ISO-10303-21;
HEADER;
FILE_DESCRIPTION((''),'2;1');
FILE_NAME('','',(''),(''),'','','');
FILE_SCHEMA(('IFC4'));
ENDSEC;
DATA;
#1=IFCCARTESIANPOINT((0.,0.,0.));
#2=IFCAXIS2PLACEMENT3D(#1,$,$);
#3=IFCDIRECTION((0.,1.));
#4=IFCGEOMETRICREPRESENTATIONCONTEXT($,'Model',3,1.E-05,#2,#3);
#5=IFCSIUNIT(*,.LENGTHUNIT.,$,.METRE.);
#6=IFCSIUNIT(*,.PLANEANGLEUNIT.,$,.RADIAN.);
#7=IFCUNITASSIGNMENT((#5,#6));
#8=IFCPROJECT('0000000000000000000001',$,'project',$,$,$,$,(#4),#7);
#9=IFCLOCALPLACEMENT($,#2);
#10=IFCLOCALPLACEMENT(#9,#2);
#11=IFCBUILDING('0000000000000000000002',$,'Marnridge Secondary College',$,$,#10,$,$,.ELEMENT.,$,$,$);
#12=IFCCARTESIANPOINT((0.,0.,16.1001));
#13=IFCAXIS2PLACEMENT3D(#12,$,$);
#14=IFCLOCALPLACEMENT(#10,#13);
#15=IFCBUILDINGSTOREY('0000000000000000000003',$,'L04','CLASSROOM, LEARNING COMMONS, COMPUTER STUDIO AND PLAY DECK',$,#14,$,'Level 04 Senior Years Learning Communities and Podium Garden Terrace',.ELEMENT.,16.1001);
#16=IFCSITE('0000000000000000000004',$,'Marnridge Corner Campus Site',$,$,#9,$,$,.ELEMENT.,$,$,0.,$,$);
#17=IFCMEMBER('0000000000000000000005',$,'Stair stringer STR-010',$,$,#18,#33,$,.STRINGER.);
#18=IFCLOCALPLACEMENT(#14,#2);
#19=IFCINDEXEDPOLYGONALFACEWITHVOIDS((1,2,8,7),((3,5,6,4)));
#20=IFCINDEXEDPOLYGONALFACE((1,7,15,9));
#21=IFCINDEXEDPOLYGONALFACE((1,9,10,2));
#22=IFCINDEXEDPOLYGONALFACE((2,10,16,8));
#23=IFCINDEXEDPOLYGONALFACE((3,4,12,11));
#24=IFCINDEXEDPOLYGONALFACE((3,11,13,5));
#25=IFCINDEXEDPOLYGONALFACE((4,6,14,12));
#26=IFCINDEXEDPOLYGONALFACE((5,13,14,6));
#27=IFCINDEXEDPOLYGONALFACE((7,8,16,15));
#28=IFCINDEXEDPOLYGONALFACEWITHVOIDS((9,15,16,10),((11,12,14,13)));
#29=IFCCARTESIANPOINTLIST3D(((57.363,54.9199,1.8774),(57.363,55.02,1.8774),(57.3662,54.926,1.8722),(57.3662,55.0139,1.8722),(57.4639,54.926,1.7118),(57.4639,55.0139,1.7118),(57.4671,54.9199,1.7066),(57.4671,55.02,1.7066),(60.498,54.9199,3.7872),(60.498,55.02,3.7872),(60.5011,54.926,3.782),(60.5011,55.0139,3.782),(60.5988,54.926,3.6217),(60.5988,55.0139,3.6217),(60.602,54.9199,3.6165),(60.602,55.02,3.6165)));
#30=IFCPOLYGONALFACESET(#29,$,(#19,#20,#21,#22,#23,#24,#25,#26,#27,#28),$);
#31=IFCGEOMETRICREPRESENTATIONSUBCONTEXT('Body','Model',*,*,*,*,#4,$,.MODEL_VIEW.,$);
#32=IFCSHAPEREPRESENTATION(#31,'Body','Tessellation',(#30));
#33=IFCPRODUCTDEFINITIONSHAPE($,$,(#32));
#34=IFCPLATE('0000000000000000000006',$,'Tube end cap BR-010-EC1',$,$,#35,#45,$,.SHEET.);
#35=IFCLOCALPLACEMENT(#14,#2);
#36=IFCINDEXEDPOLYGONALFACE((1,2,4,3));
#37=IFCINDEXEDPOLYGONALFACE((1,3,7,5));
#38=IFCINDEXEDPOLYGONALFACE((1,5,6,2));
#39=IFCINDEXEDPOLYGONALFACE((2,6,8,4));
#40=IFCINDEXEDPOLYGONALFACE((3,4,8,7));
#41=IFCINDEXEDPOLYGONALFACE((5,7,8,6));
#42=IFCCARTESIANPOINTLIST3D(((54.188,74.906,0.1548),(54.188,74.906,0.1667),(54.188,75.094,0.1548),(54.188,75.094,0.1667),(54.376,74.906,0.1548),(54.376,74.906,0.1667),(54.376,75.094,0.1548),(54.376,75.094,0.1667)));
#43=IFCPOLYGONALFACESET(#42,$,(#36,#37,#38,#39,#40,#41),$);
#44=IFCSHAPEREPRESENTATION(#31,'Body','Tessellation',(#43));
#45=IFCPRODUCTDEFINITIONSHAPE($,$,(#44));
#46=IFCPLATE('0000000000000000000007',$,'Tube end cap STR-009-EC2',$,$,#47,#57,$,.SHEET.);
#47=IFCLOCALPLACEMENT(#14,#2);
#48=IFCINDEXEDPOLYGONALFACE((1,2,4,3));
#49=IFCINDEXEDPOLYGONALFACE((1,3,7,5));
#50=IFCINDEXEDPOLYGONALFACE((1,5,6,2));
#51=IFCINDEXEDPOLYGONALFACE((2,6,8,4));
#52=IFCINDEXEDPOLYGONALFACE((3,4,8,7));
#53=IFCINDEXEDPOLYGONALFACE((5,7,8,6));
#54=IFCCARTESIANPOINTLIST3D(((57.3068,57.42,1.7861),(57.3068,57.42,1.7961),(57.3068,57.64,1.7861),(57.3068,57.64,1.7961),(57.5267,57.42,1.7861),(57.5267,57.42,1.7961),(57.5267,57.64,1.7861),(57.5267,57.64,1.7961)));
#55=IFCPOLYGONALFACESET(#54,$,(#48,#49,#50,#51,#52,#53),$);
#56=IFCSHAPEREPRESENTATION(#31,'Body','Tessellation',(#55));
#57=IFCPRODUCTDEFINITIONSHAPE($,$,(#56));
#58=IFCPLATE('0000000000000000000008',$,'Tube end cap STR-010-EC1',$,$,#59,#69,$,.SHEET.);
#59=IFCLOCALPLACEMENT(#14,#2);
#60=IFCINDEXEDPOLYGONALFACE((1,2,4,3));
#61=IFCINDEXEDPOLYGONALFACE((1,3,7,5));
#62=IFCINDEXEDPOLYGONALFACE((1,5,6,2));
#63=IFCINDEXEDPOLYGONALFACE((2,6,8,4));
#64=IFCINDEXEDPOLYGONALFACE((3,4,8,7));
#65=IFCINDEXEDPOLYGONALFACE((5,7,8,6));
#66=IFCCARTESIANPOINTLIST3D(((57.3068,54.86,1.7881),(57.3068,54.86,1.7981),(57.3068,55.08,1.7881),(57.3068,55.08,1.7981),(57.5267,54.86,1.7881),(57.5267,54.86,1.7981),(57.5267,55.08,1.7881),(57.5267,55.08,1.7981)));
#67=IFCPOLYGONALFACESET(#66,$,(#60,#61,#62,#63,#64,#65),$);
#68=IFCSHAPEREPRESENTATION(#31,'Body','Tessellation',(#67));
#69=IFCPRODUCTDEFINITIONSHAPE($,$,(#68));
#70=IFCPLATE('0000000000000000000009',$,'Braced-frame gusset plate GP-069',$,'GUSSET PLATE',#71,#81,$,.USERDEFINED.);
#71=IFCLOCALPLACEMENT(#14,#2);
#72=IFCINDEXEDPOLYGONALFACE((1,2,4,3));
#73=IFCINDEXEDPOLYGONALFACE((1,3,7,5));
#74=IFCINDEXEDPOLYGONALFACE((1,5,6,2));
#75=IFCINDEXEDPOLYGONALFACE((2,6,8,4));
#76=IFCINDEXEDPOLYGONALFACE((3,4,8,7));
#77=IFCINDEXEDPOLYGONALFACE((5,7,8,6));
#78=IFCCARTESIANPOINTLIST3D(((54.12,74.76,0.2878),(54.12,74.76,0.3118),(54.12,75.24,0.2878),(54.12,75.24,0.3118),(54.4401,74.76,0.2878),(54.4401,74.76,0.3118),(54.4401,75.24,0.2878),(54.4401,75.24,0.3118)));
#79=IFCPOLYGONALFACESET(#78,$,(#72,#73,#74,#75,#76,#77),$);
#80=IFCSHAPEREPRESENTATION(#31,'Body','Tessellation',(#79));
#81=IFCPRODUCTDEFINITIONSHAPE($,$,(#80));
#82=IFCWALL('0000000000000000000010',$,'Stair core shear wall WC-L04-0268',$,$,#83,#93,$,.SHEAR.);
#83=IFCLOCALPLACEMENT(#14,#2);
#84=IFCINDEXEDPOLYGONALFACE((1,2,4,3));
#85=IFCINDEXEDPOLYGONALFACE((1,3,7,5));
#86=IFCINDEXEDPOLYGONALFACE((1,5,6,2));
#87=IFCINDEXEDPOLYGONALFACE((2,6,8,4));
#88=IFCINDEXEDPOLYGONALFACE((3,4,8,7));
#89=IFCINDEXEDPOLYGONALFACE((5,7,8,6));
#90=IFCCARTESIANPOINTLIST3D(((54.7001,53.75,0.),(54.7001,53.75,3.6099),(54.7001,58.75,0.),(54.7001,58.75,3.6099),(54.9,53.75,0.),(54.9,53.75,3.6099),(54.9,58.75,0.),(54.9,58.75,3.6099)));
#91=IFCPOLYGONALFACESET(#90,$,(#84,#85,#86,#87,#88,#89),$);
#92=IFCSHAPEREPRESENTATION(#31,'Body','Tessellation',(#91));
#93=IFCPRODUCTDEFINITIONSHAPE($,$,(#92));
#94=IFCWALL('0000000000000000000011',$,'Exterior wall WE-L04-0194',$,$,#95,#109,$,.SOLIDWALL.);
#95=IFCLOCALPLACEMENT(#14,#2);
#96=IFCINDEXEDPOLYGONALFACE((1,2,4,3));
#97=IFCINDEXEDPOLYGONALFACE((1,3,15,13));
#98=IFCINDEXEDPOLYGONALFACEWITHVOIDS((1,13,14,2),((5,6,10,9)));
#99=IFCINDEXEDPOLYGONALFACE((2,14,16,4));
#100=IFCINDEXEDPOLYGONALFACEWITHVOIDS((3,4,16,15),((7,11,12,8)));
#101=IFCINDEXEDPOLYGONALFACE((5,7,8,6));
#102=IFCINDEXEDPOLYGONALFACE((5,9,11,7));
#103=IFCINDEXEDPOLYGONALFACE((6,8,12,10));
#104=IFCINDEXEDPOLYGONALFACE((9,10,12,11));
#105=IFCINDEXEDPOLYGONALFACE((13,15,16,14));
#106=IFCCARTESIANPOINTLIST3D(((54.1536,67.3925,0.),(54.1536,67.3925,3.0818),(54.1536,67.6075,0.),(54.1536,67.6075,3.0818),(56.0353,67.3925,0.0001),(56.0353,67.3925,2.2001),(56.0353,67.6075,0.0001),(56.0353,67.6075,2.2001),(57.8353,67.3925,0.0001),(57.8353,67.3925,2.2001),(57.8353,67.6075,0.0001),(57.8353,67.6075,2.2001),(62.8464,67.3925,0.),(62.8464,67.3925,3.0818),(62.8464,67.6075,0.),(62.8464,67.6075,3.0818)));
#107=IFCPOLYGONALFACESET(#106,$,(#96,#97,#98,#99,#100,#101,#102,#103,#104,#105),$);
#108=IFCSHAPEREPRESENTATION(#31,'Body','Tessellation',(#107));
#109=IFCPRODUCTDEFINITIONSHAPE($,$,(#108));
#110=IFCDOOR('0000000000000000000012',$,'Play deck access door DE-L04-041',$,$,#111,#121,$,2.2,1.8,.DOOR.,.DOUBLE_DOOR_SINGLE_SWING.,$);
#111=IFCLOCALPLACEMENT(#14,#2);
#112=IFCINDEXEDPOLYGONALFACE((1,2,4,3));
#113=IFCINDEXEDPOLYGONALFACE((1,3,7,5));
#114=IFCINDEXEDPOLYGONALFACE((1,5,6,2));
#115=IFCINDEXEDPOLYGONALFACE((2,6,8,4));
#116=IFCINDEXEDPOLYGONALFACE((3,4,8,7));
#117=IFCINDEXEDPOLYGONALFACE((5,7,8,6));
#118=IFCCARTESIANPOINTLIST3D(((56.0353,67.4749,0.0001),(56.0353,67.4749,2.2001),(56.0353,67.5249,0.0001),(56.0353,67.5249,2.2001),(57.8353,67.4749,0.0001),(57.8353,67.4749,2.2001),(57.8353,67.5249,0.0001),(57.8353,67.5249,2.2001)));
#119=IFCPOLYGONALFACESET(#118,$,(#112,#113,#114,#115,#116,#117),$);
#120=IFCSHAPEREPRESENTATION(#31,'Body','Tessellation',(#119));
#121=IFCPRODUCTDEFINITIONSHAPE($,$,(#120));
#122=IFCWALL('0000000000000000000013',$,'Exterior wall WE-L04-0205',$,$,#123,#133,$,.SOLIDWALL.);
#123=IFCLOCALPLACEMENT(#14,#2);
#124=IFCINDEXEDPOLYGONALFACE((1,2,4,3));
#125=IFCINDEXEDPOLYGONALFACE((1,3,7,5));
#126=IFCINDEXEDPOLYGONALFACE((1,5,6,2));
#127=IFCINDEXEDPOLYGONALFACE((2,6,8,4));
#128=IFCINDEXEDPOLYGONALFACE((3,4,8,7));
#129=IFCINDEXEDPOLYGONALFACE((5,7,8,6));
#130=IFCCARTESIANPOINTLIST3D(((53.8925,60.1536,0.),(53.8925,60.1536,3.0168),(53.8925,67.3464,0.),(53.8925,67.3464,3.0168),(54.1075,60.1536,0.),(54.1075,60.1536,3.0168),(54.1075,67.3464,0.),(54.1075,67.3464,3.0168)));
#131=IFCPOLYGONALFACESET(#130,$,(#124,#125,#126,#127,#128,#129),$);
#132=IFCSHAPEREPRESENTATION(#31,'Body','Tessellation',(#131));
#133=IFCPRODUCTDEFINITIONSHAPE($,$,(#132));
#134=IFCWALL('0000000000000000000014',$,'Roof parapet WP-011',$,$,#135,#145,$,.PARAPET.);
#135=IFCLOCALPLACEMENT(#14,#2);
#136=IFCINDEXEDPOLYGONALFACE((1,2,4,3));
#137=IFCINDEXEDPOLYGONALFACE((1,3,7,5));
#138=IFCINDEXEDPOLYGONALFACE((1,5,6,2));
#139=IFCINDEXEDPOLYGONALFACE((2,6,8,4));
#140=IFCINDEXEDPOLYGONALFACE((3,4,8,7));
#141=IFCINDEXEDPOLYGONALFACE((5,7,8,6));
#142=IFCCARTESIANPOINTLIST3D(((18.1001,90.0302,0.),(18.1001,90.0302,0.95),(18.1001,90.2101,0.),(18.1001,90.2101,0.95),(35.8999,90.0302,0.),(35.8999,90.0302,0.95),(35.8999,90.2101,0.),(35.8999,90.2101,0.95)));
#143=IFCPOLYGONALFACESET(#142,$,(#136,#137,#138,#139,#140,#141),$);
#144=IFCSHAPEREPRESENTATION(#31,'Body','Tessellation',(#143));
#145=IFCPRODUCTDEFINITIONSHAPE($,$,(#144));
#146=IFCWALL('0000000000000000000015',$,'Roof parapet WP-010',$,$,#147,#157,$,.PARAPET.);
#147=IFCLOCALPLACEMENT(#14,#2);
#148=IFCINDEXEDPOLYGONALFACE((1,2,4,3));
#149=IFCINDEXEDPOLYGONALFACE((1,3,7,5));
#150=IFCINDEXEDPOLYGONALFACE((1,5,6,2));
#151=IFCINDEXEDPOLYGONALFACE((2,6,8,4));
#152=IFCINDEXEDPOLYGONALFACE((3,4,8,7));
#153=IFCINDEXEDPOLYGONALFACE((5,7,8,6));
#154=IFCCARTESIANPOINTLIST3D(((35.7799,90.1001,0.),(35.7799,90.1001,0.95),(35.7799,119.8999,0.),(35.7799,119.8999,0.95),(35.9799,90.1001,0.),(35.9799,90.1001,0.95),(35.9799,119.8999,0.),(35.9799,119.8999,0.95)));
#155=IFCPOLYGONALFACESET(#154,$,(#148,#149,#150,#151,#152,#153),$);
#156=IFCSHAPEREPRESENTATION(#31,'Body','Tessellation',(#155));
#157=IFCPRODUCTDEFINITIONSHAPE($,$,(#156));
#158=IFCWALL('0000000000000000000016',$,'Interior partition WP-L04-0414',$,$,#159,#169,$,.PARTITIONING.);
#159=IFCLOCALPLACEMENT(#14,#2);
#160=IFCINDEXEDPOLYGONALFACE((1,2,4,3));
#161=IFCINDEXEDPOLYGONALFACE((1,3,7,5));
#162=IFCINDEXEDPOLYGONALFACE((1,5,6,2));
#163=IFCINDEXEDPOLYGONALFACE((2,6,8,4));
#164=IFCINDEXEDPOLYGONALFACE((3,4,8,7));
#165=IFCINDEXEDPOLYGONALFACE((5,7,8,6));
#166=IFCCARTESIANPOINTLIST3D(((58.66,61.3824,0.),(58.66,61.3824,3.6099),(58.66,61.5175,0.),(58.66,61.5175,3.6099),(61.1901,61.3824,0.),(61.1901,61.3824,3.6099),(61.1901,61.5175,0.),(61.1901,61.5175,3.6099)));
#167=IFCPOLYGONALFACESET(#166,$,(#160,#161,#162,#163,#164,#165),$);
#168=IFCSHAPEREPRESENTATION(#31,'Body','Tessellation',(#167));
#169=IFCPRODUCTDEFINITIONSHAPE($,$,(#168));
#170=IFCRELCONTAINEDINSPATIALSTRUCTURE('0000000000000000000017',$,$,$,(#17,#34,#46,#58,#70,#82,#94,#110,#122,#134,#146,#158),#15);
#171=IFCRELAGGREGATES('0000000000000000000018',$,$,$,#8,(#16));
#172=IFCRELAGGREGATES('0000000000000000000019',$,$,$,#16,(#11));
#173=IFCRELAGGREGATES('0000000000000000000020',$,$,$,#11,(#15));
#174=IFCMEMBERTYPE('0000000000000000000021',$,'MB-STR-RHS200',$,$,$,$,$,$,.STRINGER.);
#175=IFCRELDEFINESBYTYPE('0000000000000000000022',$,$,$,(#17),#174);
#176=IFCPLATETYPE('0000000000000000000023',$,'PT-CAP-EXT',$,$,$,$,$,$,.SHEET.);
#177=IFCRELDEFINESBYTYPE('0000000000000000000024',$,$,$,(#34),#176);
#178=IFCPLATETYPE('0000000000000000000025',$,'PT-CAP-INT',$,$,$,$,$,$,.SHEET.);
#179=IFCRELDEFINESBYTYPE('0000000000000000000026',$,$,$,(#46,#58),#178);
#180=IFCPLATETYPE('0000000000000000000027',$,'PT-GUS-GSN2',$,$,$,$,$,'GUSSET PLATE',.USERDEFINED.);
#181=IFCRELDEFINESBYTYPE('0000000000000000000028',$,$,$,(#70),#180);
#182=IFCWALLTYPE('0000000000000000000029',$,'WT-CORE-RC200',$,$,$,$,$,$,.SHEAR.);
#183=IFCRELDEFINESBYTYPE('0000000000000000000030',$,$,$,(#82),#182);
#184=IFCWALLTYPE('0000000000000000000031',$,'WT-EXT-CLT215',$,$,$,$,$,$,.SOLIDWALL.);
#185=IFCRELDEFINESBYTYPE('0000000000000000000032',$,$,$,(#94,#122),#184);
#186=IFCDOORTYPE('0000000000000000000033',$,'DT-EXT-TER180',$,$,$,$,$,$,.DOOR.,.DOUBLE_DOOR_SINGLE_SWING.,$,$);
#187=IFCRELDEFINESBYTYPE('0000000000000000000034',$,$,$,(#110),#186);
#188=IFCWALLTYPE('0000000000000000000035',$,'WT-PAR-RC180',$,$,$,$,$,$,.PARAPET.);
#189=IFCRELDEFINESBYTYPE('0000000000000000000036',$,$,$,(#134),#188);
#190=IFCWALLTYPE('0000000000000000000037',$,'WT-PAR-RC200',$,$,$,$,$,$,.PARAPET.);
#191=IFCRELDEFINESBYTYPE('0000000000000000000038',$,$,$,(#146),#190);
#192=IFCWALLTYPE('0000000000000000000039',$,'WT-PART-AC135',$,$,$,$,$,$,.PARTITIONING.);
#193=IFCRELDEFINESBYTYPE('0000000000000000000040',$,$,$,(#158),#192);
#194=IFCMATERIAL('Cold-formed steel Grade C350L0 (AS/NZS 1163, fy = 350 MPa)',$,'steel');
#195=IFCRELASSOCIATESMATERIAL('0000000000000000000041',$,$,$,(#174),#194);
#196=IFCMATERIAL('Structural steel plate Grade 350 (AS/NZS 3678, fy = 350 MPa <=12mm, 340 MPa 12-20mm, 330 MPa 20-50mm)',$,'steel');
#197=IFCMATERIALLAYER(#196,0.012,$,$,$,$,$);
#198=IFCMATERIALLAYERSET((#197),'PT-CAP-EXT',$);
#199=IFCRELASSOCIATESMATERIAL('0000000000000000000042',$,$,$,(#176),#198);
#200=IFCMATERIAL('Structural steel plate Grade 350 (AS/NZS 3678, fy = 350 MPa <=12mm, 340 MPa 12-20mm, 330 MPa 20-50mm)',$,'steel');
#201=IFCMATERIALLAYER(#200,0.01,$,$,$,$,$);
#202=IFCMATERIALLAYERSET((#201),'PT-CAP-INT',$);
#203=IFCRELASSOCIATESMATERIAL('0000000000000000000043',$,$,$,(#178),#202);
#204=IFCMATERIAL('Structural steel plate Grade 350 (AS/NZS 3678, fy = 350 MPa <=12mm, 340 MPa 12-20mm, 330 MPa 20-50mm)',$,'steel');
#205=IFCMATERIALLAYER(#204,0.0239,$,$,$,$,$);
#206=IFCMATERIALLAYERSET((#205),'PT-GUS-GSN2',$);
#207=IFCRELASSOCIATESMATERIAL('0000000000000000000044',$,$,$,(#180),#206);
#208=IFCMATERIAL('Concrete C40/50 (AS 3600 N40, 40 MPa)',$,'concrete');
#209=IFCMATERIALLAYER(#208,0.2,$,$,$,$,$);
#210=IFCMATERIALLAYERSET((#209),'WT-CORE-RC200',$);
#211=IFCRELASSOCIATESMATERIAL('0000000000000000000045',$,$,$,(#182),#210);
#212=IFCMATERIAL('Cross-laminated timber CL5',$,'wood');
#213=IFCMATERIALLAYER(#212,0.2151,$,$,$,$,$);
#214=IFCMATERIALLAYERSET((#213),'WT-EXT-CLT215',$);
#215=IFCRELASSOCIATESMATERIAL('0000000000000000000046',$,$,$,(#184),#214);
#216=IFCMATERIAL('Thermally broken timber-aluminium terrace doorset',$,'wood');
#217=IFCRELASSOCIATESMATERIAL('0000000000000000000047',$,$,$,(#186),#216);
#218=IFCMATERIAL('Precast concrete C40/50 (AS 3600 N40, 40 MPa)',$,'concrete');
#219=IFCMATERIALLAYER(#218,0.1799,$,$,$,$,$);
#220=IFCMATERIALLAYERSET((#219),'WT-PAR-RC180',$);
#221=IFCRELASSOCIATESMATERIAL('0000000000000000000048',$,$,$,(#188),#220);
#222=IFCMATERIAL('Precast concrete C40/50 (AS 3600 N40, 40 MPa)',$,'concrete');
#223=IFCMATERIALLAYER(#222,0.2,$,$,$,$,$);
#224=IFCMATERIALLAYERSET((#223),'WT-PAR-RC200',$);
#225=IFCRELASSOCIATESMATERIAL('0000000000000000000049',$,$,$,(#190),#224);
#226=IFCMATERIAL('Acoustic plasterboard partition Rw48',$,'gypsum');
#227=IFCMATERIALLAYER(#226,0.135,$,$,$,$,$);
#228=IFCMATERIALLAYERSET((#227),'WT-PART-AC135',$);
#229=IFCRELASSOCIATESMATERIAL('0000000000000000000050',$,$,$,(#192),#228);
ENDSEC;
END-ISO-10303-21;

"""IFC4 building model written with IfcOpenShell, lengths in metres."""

from ifc_helpers import new_model, si_unit, direction, frame, frame_2d, origin, origin_2d, place, context, subcontext, project, spatial, rectangle, hollow_rectangle, extrude, material, layer, layer_set, material_profile, profile_set, type_object, element, fill, save


model = new_model("IFC4")

# Units and contexts
model_context = context("Model", 3, precision=1e-05, world=origin(), true_north=direction((0.0, 1.0)))
body_context = subcontext(model_context, "Body", "Model", "MODEL_VIEW")
ifc_project = project(units=[si_unit("LENGTHUNIT", "METRE"), si_unit("PLANEANGLEUNIT", "RADIAN")], contexts=[model_context])

# Site, building, storey
site_placement = place(None, origin())
site = spatial("IfcSite", under=ifc_project, at=site_placement, Name="Marnridge Corner Campus Site", CompositionType="ELEMENT", RefElevation=0.0)
building_placement = place(site_placement, origin())
building = spatial("IfcBuilding", under=site, at=building_placement, Name="Marnridge Secondary College", CompositionType="ELEMENT")
storey_placement = place(building_placement, frame((0.0, 0.0, 16.1001)))
storey = spatial("IfcBuildingStorey", under=building, at=storey_placement, Name="L04", Description="CLASSROOM, LEARNING COMMONS, COMPUTER STUDIO AND PLAY DECK", LongName="Level 04 Senior Years Learning Communities and Podium Garden Terrace", CompositionType="ELEMENT", Elevation=16.1001)

# Member
ifc_material_1 = material(Name="Cold-formed steel Grade C350L0 (AS/NZS 1163, fy = 350 MPa)", Category="steel")
ifc_material_profile_1 = material_profile(ifc_material_1, hollow_rectangle(XDim=0.1001, YDim=0.2, WallThickness=0.0061, at=origin_2d()), Name="200x100x6.0RHS")
ifc_profile_set_1 = profile_set([ifc_material_profile_1], Name="Cold-formed steel Grade C350L0 (AS/NZS 1163, fy = 350 MPa)")
member_type_1 = type_object("IfcMemberType", Name="MB-STR-RHS200", PredefinedType="STRINGER", material=ifc_profile_set_1)
member_1_placement = place(storey_placement, frame((57.415, 54.97, 1.792), z_axis=(0.853999, 0.0, 0.520274), x_axis=(0.0, 1.0, 0.0)))
element("IfcMember", 1, at=member_1_placement, inside=storey, type_object=member_type_1, Name="Stair stringer STR-010", PredefinedType="STRINGER", context=body_context, shape_type="SweptSolid", body=[
    extrude(hollow_rectangle(XDim=0.1001, YDim=0.2, WallThickness=0.0061, at=origin_2d()), origin(), (0.0, 0.0, 1.0), 3.6709),
])

# Plates
ifc_material_2 = material(Name="Structural steel plate Grade 350 (AS/NZS 3678, fy = 350 MPa <=12mm, 340 MPa 12-20mm, 330 MPa 20-50mm)", Category="steel")
ifc_layer_1 = layer(ifc_material_2, 0.012)
ifc_layer_set_1 = layer_set([ifc_layer_1], Name="PT-CAP-EXT")
plate_type_1 = type_object("IfcPlateType", Name="PT-CAP-EXT", PredefinedType="SHEET", material=ifc_layer_set_1)
plate_1_placement = place(storey_placement, frame((54.282, 75.0, 0.1548), z_axis=(0.0, 0.0, 1.0), x_axis=(1.0, 0.0, 0.0)))
element("IfcPlate", 2, at=plate_1_placement, inside=storey, type_object=plate_type_1, Name="Tube end cap BR-010-EC1", PredefinedType="SHEET", context=body_context, shape_type="SweptSolid", body=[
    extrude(rectangle(XDim=0.188, YDim=0.188, at=origin_2d()), origin(), (0.0, 0.0, 1.0), 0.012),
])
ifc_material_3 = material(Name="Structural steel plate Grade 350 (AS/NZS 3678, fy = 350 MPa <=12mm, 340 MPa 12-20mm, 330 MPa 20-50mm)", Category="steel")
ifc_layer_2 = layer(ifc_material_3, 0.01)
ifc_layer_set_2 = layer_set([ifc_layer_2], Name="PT-CAP-INT")
plate_type_2 = type_object("IfcPlateType", Name="PT-CAP-INT", PredefinedType="SHEET", material=ifc_layer_set_2)
for number, where, z_axis, x_axis, name in (
    (3, (57.4167, 57.53, 1.7861), (0.0, 0.0, 1.0), (-1.0, 0.0, 0.0), "Tube end cap STR-009-EC2"),
    (4, (57.4167, 54.97, 1.7881), (0.0, 0.0, 1.0), (1.0, 0.0, 0.0), "Tube end cap STR-010-EC1"),
):
    element("IfcPlate", number, at=place(storey_placement, frame(where, z_axis=z_axis, x_axis=x_axis)), inside=storey, type_object=plate_type_2, Name=name, PredefinedType="SHEET", context=body_context, shape_type="SweptSolid", body=[
        extrude(rectangle(XDim=0.22, YDim=0.22, at=origin_2d()), origin(), (0.0, 0.0, 1.0), 0.01),
    ])
ifc_material_4 = material(Name="Structural steel plate Grade 350 (AS/NZS 3678, fy = 350 MPa <=12mm, 340 MPa 12-20mm, 330 MPa 20-50mm)", Category="steel")
ifc_layer_3 = layer(ifc_material_4, 0.0239)
ifc_layer_set_3 = layer_set([ifc_layer_3], Name="PT-GUS-GSN2")
plate_type_3 = type_object("IfcPlateType", Name="PT-GUS-GSN2", ElementType="GUSSET PLATE", PredefinedType="USERDEFINED", material=ifc_layer_set_3)
plate_2_placement = place(storey_placement, frame((54.28, 75.0, 0.2878), z_axis=(0.0, 0.0, 1.0), x_axis=(0.0, 1.0, 0.0)))
element("IfcPlate", 5, at=plate_2_placement, inside=storey, type_object=plate_type_3, Name="Braced-frame gusset plate GP-069", ObjectType="GUSSET PLATE", PredefinedType="USERDEFINED", context=body_context, shape_type="SweptSolid", body=[
    extrude(rectangle(XDim=0.48, YDim=0.3201, at=origin_2d()), origin(), (0.0, 0.0, 1.0), 0.0239),
])

# Wall
ifc_material_5 = material(Name="Concrete C40/50 (AS 3600 N40, 40 MPa)", Category="concrete")
ifc_layer_4 = layer(ifc_material_5, 0.2)
ifc_layer_set_4 = layer_set([ifc_layer_4], Name="WT-CORE-RC200")
wall_type_1 = type_object("IfcWallType", Name="WT-CORE-RC200", PredefinedType="SHEAR", material=ifc_layer_set_4)
wall_1_placement = place(storey_placement, frame((54.8, 58.75, 0.0), z_axis=(0.0, 0.0, 1.0), x_axis=(0.0, -1.0, 0.0)))
element("IfcWall", 6, at=wall_1_placement, inside=storey, type_object=wall_type_1, Name="Stair core shear wall WC-L04-0268", PredefinedType="SHEAR", context=body_context, shape_type="SweptSolid", body=[
    extrude(rectangle(XDim=5.0, YDim=0.2, at=frame_2d((2.5, 0.0))), origin(), (0.0, 0.0, 1.0), 3.6099),
])

# Wall, opening, door
ifc_material_6 = material(Name="Cross-laminated timber CL5", Category="wood")
ifc_layer_5 = layer(ifc_material_6, 0.2151)
ifc_layer_set_5 = layer_set([ifc_layer_5], Name="WT-EXT-CLT215")
wall_type_2 = type_object("IfcWallType", Name="WT-EXT-CLT215", PredefinedType="SOLIDWALL", material=ifc_layer_set_5)
wall_2_placement = place(storey_placement, frame((54.1536, 67.5, 0.0), z_axis=(0.0, 0.0, 1.0), x_axis=(1.0, 0.0, 0.0)))
wall_2 = element("IfcWall", 7, at=wall_2_placement, inside=storey, type_object=wall_type_2, Name="Exterior wall WE-L04-0194", PredefinedType="SOLIDWALL", context=body_context, shape_type="SweptSolid", body=[
    extrude(rectangle(XDim=8.6929, YDim=0.2151, at=frame_2d((4.3464, 0.0))), origin(), (0.0, 0.0, 1.0), 3.0818),
])
opening_1_placement = place(wall_2_placement, frame((1.8818, 0.0, 0.0)))
opening_1 = element("IfcOpeningElement", 8, at=opening_1_placement, cuts=wall_2, PredefinedType="OPENING", context=body_context, shape_type="SweptSolid", body=[
    extrude(rectangle(XDim=1.8, YDim=2.2, at=frame_2d((0.8999, 1.1001))), frame((0.0, 0.1174, 0.0), z_axis=(0.0, -1.0, 0.0), x_axis=(1.0, 0.0, 0.0)), (0.0, 0.0, 1.0), 0.2351),
])
ifc_material_7 = material(Name="Thermally broken timber-aluminium terrace doorset", Category="wood")
door_type_1 = type_object("IfcDoorType", Name="DT-EXT-TER180", OperationType="DOUBLE_DOOR_SINGLE_SWING", PredefinedType="DOOR", material=ifc_material_7)
door_1_placement = place(opening_1_placement, origin())
door_1 = element("IfcDoor", 9, at=door_1_placement, inside=storey, type_object=door_type_1, Name="Play deck access door DE-L04-041", OperationType="DOUBLE_DOOR_SINGLE_SWING", OverallHeight=2.2, OverallWidth=1.8, PredefinedType="DOOR", context=body_context, shape_type="SweptSolid", body=[
    extrude(rectangle(XDim=1.8, YDim=2.2, at=frame_2d((0.8999, 1.1001))), frame((0.0, 0.0249, 0.0), z_axis=(0.0, -1.0, 0.0), x_axis=(1.0, 0.0, 0.0)), (0.0, 0.0, 1.0), 0.05),
])
fill(opening_1, door_1)

# Walls
wall_3_placement = place(storey_placement, frame((54.0, 60.1536, 0.0), z_axis=(0.0, 0.0, 1.0), x_axis=(0.0, 1.0, 0.0)))
element("IfcWall", 10, at=wall_3_placement, inside=storey, type_object=wall_type_2, Name="Exterior wall WE-L04-0205", PredefinedType="SOLIDWALL", context=body_context, shape_type="SweptSolid", body=[
    extrude(rectangle(XDim=7.1929, YDim=0.2151, at=frame_2d((3.5964, 0.0))), origin(), (0.0, 0.0, 1.0), 3.0168),
])
ifc_material_8 = material(Name="Precast concrete C40/50 (AS 3600 N40, 40 MPa)", Category="concrete")
ifc_layer_6 = layer(ifc_material_8, 0.1799)
ifc_layer_set_6 = layer_set([ifc_layer_6], Name="WT-PAR-RC180")
wall_type_3 = type_object("IfcWallType", Name="WT-PAR-RC180", PredefinedType="PARAPET", material=ifc_layer_set_6)
wall_4_placement = place(storey_placement, frame((35.8999, 90.1201, 0.0), z_axis=(0.0, 0.0, 1.0), x_axis=(-1.0, 0.0, 0.0)))
element("IfcWall", 11, at=wall_4_placement, inside=storey, type_object=wall_type_3, Name="Roof parapet WP-011", PredefinedType="PARAPET", context=body_context, shape_type="SweptSolid", body=[
    extrude(rectangle(XDim=17.7998, YDim=0.1799, at=frame_2d((8.8999, 0.0))), origin(), (0.0, 0.0, 1.0), 0.95),
])
ifc_material_9 = material(Name="Precast concrete C40/50 (AS 3600 N40, 40 MPa)", Category="concrete")
ifc_layer_7 = layer(ifc_material_9, 0.2)
ifc_layer_set_7 = layer_set([ifc_layer_7], Name="WT-PAR-RC200")
wall_type_4 = type_object("IfcWallType", Name="WT-PAR-RC200", PredefinedType="PARAPET", material=ifc_layer_set_7)
wall_5_placement = place(storey_placement, frame((35.8799, 119.8999, 0.0), z_axis=(0.0, 0.0, 1.0), x_axis=(0.0, -1.0, 0.0)))
element("IfcWall", 12, at=wall_5_placement, inside=storey, type_object=wall_type_4, Name="Roof parapet WP-010", PredefinedType="PARAPET", context=body_context, shape_type="SweptSolid", body=[
    extrude(rectangle(XDim=29.7998, YDim=0.2, at=frame_2d((14.8999, 0.0))), origin(), (0.0, 0.0, 1.0), 0.95),
])
ifc_material_10 = material(Name="Acoustic plasterboard partition Rw48", Category="gypsum")
ifc_layer_8 = layer(ifc_material_10, 0.135)
ifc_layer_set_8 = layer_set([ifc_layer_8], Name="WT-PART-AC135")
wall_type_5 = type_object("IfcWallType", Name="WT-PART-AC135", PredefinedType="PARTITIONING", material=ifc_layer_set_8)
wall_6_placement = place(storey_placement, frame((58.6599, 61.45, 0.0), z_axis=(0.0, 0.0, 1.0), x_axis=(1.0, 0.0, 0.0)))
element("IfcWall", 13, at=wall_6_placement, inside=storey, type_object=wall_type_5, Name="Interior partition WP-L04-0414", PredefinedType="PARTITIONING", context=body_context, shape_type="SweptSolid", body=[
    extrude(rectangle(XDim=2.53, YDim=0.135, at=frame_2d((1.2651, 0.0))), origin(), (0.0, 0.0, 1.0), 3.6099),
])

save(model, "model.ifc")
